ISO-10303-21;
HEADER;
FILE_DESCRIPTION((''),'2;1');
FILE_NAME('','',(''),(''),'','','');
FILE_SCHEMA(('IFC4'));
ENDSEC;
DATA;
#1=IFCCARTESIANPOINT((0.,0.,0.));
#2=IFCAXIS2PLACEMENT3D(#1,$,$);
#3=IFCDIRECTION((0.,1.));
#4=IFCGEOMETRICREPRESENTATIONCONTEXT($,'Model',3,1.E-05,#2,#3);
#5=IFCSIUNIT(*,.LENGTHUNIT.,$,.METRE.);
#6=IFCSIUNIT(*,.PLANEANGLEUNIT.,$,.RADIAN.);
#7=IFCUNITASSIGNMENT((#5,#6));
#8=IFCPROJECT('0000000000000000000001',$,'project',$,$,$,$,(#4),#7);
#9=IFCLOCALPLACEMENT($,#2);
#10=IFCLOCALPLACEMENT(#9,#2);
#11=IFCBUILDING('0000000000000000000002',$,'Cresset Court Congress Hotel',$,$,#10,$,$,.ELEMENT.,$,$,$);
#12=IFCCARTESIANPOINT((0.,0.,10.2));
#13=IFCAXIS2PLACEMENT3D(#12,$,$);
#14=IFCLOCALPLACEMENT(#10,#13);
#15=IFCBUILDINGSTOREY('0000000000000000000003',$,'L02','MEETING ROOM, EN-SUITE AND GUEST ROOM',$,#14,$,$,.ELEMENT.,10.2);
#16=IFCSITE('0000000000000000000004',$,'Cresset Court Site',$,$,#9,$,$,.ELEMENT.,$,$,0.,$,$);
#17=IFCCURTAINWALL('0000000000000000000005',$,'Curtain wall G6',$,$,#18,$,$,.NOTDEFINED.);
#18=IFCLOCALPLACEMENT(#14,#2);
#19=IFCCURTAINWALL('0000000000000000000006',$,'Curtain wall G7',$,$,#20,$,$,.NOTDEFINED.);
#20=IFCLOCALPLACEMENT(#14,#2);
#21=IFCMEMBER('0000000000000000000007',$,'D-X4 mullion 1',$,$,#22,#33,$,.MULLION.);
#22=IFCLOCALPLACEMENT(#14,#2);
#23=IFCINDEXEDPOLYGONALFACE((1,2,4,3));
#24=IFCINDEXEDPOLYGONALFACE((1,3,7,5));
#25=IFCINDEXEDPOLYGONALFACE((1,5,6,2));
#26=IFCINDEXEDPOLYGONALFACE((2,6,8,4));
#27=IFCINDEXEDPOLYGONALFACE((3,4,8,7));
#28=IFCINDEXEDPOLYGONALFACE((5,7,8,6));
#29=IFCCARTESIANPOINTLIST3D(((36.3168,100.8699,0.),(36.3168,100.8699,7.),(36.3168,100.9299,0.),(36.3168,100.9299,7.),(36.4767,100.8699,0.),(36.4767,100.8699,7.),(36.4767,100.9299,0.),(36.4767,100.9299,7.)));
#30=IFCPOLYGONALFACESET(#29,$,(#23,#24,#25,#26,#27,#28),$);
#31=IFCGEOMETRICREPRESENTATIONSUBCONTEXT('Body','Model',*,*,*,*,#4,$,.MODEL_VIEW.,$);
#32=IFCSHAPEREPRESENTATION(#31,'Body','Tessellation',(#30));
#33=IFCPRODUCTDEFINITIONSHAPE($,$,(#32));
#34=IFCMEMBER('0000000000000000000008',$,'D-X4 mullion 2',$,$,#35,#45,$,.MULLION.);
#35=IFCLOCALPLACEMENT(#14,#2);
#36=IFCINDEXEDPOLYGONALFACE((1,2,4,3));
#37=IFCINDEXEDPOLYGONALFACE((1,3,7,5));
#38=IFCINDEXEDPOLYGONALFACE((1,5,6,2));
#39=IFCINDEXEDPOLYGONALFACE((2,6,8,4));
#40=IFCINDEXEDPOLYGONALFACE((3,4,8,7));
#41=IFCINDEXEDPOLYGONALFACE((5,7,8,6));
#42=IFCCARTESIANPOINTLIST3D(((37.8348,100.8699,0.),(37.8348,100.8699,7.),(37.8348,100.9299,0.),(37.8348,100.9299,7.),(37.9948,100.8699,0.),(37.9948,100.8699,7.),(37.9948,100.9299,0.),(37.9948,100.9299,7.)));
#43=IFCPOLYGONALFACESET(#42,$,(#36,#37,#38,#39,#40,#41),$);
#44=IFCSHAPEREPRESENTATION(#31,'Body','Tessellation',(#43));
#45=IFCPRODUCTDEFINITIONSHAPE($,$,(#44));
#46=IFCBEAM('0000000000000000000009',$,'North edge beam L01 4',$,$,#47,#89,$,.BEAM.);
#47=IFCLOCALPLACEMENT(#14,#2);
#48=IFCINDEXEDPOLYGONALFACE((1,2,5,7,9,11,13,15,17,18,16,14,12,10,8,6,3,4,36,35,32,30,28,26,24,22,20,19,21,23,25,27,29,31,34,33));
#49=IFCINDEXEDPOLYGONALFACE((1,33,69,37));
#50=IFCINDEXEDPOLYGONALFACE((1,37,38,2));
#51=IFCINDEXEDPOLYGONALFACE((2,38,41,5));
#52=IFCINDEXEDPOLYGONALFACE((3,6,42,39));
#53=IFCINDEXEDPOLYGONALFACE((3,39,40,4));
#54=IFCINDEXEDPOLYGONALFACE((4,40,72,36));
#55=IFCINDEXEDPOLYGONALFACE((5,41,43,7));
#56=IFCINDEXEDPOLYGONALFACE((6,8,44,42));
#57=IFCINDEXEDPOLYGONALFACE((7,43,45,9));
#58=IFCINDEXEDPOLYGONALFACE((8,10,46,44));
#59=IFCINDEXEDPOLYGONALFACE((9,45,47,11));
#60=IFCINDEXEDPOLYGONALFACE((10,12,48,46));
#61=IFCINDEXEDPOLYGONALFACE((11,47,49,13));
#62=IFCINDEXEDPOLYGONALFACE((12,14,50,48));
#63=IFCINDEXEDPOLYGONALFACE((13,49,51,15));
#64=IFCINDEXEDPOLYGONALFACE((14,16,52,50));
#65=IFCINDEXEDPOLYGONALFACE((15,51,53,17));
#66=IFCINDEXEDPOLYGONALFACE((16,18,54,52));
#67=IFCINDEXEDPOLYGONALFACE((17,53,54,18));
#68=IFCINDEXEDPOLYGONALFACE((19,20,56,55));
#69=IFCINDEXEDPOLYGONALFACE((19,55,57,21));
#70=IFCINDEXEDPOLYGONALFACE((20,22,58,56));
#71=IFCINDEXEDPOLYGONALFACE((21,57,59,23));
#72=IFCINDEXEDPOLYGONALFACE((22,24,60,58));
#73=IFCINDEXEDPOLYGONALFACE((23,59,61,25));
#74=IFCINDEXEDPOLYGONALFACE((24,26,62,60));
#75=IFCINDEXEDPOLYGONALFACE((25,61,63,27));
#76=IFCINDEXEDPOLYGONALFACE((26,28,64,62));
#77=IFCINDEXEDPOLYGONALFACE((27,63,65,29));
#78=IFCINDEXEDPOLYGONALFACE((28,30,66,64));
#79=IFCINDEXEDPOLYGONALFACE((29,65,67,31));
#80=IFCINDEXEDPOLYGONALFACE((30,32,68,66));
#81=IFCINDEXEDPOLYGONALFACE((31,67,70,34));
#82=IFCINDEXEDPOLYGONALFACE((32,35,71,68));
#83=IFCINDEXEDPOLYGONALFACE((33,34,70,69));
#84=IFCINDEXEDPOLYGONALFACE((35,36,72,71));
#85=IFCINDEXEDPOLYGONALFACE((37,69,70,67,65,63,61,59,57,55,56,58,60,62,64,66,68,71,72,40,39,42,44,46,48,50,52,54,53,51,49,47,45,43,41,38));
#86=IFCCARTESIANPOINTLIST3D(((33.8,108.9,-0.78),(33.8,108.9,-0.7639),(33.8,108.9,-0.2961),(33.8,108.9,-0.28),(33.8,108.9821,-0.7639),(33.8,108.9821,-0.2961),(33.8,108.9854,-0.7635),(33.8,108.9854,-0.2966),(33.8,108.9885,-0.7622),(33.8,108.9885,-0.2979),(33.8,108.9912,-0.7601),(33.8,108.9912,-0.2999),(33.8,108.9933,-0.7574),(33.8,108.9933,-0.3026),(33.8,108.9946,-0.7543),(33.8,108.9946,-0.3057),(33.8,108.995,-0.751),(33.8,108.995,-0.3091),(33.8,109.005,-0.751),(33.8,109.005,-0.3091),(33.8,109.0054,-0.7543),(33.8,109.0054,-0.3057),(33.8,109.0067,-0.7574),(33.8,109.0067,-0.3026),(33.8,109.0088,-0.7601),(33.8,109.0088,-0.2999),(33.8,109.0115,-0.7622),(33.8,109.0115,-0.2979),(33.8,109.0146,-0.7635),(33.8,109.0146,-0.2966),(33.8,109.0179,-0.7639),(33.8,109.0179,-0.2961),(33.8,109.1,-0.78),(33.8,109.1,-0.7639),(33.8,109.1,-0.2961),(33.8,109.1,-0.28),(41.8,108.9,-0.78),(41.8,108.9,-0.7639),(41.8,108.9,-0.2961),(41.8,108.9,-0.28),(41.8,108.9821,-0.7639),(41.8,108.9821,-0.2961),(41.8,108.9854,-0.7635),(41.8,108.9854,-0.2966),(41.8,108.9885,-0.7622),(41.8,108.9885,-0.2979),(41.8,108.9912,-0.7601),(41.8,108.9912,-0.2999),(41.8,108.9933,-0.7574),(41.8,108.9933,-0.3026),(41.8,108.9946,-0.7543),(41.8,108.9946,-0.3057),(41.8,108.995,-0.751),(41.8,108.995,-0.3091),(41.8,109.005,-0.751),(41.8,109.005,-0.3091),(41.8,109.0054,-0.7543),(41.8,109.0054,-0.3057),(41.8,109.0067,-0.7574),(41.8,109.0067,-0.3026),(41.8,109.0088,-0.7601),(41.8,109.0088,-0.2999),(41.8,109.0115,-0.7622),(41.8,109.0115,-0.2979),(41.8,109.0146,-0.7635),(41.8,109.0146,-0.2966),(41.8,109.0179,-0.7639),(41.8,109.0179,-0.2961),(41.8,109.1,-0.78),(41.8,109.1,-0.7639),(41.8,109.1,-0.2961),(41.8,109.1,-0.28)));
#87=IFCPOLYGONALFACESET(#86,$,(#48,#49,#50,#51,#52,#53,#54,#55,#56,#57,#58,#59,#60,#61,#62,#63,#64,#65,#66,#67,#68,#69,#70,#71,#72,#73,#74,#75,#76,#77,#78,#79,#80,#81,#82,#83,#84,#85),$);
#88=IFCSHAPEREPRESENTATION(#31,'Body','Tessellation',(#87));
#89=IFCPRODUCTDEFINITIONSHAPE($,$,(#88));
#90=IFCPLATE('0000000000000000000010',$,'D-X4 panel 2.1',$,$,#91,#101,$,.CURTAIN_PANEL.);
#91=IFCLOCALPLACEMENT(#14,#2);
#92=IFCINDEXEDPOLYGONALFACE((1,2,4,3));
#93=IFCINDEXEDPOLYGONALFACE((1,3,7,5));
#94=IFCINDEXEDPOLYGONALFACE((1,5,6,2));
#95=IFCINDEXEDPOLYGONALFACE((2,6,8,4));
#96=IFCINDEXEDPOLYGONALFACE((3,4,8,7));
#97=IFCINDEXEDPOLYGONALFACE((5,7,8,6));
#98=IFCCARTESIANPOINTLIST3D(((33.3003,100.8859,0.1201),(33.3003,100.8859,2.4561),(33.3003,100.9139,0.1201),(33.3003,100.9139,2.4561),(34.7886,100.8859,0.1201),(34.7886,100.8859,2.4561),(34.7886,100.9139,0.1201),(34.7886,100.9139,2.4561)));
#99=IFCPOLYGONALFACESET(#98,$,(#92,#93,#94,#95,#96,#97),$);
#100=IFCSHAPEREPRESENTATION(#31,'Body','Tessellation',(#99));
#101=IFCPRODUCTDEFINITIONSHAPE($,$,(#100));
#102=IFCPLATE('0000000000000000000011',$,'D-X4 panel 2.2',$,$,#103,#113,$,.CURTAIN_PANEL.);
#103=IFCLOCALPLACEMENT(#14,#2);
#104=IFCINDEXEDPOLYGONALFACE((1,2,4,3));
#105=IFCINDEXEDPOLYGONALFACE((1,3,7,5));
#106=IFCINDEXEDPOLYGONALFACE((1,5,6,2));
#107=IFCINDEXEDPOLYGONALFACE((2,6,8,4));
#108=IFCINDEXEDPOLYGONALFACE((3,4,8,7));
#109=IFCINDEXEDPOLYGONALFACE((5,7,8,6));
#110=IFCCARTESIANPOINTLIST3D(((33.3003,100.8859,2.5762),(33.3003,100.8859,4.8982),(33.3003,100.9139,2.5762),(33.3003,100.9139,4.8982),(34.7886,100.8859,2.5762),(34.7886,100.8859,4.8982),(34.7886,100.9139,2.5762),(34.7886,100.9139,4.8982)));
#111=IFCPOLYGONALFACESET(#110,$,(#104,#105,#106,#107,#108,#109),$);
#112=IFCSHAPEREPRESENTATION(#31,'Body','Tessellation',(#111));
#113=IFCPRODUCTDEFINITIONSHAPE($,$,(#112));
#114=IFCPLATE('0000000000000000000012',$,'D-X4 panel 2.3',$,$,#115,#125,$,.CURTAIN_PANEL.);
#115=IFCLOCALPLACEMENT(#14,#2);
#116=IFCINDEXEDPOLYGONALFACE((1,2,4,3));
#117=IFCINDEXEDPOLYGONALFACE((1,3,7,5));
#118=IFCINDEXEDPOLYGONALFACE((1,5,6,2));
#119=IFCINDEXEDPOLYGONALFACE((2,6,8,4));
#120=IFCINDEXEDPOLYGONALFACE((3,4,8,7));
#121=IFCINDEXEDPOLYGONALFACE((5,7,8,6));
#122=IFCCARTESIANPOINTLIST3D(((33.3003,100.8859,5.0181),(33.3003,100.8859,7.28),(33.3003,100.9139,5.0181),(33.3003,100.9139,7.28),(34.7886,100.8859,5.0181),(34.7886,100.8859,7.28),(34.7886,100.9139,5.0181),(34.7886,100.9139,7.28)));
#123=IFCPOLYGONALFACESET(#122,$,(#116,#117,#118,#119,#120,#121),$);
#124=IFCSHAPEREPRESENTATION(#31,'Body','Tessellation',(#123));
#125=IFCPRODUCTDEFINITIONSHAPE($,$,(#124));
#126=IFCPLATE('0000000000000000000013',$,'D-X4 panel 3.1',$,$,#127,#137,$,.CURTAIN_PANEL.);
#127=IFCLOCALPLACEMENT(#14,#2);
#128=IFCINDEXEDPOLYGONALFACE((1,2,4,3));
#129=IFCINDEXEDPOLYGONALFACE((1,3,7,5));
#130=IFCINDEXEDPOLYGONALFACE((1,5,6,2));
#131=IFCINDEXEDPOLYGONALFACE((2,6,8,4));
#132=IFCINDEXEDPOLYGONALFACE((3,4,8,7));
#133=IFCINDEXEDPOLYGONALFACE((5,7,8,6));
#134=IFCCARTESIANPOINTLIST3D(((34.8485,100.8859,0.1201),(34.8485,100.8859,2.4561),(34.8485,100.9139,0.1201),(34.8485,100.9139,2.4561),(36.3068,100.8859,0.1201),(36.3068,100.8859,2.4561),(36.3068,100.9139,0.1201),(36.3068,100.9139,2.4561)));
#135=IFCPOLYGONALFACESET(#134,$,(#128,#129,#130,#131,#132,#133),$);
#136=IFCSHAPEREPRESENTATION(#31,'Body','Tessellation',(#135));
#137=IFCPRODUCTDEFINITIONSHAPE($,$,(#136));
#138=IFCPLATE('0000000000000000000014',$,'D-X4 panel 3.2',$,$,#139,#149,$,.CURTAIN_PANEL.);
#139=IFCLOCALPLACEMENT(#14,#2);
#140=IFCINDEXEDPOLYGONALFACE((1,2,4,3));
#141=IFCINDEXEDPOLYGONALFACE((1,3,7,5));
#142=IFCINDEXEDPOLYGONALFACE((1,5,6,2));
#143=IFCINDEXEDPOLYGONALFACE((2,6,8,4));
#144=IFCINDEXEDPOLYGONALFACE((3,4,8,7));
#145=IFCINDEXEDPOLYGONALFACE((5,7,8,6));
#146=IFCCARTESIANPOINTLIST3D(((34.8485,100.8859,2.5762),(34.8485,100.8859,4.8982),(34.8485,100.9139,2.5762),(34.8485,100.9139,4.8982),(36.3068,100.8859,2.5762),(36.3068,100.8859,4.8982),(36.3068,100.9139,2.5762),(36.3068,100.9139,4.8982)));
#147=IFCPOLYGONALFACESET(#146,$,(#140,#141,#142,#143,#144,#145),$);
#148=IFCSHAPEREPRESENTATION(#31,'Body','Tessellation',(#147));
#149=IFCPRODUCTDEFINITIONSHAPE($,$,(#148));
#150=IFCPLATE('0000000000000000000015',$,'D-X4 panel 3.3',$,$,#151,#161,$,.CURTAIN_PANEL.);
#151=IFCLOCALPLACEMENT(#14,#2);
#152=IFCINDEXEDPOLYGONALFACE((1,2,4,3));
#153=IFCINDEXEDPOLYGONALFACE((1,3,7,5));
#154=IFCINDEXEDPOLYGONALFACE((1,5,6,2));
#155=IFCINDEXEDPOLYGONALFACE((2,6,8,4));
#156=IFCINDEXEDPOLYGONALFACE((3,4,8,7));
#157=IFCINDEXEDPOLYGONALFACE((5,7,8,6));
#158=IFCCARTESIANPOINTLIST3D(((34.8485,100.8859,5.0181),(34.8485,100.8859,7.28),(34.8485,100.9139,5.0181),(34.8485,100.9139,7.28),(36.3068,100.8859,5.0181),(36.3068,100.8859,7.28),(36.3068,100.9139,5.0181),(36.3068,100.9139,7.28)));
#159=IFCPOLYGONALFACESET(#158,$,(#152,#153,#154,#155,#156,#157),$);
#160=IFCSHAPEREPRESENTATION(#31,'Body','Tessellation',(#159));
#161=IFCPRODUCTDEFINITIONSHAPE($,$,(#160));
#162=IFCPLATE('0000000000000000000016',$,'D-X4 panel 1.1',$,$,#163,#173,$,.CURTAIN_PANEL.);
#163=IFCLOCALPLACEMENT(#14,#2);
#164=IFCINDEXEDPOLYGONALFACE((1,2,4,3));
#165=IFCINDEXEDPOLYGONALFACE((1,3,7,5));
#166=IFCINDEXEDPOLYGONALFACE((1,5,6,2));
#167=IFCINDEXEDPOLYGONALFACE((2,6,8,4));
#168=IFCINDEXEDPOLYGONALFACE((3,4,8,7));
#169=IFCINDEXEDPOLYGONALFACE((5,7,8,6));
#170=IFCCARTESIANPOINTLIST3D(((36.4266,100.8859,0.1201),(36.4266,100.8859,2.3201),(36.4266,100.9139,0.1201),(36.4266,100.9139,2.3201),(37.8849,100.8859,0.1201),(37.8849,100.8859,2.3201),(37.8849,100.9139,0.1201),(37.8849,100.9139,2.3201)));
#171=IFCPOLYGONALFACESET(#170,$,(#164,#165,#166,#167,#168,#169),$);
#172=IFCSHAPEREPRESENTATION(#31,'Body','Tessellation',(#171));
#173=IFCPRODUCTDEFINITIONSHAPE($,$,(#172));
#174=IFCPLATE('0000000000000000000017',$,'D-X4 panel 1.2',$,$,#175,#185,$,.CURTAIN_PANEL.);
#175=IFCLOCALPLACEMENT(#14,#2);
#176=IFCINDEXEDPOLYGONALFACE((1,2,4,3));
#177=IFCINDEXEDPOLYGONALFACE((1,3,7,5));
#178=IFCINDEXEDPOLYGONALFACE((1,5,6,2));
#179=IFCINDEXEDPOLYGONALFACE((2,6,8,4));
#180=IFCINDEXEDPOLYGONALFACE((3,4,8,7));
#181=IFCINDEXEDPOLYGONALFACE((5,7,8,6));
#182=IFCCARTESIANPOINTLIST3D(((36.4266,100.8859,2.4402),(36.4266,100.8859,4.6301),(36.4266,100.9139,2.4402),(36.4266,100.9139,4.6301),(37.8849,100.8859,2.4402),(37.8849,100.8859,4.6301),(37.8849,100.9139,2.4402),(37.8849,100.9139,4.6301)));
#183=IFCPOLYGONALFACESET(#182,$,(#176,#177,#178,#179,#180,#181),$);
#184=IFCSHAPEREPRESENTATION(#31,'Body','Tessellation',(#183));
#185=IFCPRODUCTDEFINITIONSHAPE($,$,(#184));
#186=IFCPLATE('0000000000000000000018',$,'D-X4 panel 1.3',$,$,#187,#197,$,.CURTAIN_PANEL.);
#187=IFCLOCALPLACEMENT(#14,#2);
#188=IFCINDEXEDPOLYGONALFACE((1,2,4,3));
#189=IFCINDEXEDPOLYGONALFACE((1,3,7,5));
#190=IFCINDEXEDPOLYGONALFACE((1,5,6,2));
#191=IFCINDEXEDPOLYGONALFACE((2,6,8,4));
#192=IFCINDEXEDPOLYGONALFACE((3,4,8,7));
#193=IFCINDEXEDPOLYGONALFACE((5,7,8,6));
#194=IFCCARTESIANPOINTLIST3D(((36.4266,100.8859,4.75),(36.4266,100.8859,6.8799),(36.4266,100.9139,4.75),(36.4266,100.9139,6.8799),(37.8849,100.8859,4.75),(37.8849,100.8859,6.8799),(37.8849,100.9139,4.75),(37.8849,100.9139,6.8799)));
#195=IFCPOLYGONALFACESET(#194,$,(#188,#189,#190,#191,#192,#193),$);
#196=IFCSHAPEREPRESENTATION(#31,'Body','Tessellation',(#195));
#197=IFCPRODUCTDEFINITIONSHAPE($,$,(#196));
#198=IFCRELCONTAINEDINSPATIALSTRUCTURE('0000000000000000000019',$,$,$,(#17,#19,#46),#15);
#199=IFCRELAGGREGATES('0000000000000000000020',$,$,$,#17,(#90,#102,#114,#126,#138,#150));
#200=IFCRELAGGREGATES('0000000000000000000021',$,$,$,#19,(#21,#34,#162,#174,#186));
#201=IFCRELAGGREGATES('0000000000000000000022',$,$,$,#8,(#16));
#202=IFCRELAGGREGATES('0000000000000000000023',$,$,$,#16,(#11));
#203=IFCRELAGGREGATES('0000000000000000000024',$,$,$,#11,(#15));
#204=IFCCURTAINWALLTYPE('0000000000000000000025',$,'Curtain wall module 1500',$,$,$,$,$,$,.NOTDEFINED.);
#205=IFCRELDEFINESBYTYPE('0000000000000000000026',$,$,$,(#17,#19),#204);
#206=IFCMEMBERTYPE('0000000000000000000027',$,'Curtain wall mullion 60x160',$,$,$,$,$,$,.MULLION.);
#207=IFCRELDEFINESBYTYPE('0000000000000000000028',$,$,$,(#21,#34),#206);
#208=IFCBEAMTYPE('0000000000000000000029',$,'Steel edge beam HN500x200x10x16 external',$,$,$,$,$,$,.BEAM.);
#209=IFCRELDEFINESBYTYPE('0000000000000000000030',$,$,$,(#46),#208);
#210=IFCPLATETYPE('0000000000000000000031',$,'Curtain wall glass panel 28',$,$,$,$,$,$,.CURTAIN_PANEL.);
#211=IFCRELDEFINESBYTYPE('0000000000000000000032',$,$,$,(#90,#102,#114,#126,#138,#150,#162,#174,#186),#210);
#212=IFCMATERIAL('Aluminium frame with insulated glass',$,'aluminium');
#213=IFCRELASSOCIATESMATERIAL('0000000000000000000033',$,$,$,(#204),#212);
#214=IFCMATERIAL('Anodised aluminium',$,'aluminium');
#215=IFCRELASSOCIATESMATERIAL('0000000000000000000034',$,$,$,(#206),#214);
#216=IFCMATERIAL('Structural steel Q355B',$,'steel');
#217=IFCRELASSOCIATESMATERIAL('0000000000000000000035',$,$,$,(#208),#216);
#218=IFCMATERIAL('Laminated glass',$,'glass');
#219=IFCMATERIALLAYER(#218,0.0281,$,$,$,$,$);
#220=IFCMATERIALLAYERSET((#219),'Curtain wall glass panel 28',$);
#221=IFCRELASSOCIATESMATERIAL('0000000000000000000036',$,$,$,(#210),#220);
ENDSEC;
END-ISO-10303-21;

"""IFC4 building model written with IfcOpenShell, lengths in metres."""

from ifc_helpers import new_model, si_unit, direction, frame, origin, origin_2d, place, context, subcontext, project, spatial, rectangle, i_section, extrude, material, layer, layer_set, material_profile, profile_set, type_object, element, aggregate, save


model = new_model("IFC4")

# Units and contexts
model_context = context("Model", 3, precision=1e-05, world=origin(), true_north=direction((0.0, 1.0)))
body_context = subcontext(model_context, "Body", "Model", "MODEL_VIEW")
ifc_project = project(units=[si_unit("LENGTHUNIT", "METRE"), si_unit("PLANEANGLEUNIT", "RADIAN")], contexts=[model_context])

# Site, building, storey
site_placement = place(None, origin())
site = spatial("IfcSite", under=ifc_project, at=site_placement, Name="Cresset Court Site", CompositionType="ELEMENT", RefElevation=0.0)
building_placement = place(site_placement, origin())
building = spatial("IfcBuilding", under=site, at=building_placement, Name="Cresset Court Congress Hotel", CompositionType="ELEMENT")
storey_placement = place(building_placement, frame((0.0, 0.0, 10.2)))
storey = spatial("IfcBuildingStorey", under=building, at=storey_placement, Name="L02", Description="MEETING ROOM, EN-SUITE AND GUEST ROOM", CompositionType="ELEMENT", Elevation=10.2)

# Curtain walls
ifc_material_1 = material(Name="Aluminium frame with insulated glass", Category="aluminium")
curtain_wall_type = type_object("IfcCurtainWallType", Name="Curtain wall module 1500", PredefinedType="NOTDEFINED", material=ifc_material_1)
curtain_wall_1_placement = place(storey_placement, origin())
curtain_wall_1 = element("IfcCurtainWall", 1, at=curtain_wall_1_placement, inside=storey, type_object=curtain_wall_type, Name="Curtain wall G6", PredefinedType="NOTDEFINED")
curtain_wall_2_placement = place(storey_placement, origin())
curtain_wall_2 = element("IfcCurtainWall", 2, at=curtain_wall_2_placement, inside=storey, type_object=curtain_wall_type, Name="Curtain wall G7", PredefinedType="NOTDEFINED")

# Members
ifc_material_2 = material(Name="Anodised aluminium", Category="aluminium")
ifc_material_profile_1 = material_profile(ifc_material_2, rectangle(XDim=0.0601, YDim=0.1599, at=origin_2d()), Name="AL60x160")
ifc_profile_set_1 = profile_set([ifc_material_profile_1], Name="Anodised aluminium")
member_type_1 = type_object("IfcMemberType", Name="Curtain wall mullion 60x160", PredefinedType="MULLION", material=ifc_profile_set_1)
member_1_placement = place(storey_placement, frame((36.3967, 100.8999, 0.0), z_axis=(0.0, 0.0, 1.0), x_axis=(0.0, 1.0, 0.0)))
member_1 = element("IfcMember", 3, at=member_1_placement, type_object=member_type_1, Name="D-X4 mullion 1", PredefinedType="MULLION", context=body_context, shape_type="SweptSolid", body=[
    extrude(rectangle(XDim=0.0601, YDim=0.1599, at=origin_2d()), origin(), (0.0, 0.0, 1.0), 7.0),
])
member_2_placement = place(storey_placement, frame((37.9148, 100.8999, 0.0), z_axis=(0.0, 0.0, 1.0), x_axis=(0.0, 1.0, 0.0)))
member_2 = element("IfcMember", 4, at=member_2_placement, type_object=member_type_1, Name="D-X4 mullion 2", PredefinedType="MULLION", context=body_context, shape_type="SweptSolid", body=[
    extrude(rectangle(XDim=0.0601, YDim=0.1599, at=origin_2d()), origin(), (0.0, 0.0, 1.0), 7.0),
])

# Beam
ifc_material_3 = material(Name="Structural steel Q355B", Category="steel")
ifc_material_profile_2 = material_profile(ifc_material_3, i_section(OverallWidth=0.2, OverallDepth=0.5, WebThickness=0.01, FlangeThickness=0.0161, FilletRadius=0.0129, at=origin_2d()), Name="HN500x200x10x16")
ifc_profile_set_2 = profile_set([ifc_material_profile_2], Name="Structural steel Q355B")
beam_type = type_object("IfcBeamType", Name="Steel edge beam HN500x200x10x16 external", PredefinedType="BEAM", material=ifc_profile_set_2)
beam_placement = place(storey_placement, frame((33.8, 109.0, -0.53), z_axis=(1.0, 0.0, 0.0), x_axis=(0.0, 1.0, 0.0)))
element("IfcBeam", 5, at=beam_placement, inside=storey, type_object=beam_type, Name="North edge beam L01 4", PredefinedType="BEAM", context=body_context, shape_type="SweptSolid", body=[
    extrude(i_section(OverallWidth=0.2, OverallDepth=0.5, WebThickness=0.01, FlangeThickness=0.0161, FilletRadius=0.0129, at=origin_2d()), origin(), (0.0, 0.0, 1.0), 8.0),
])

# Plates
ifc_material_4 = material(Name="Laminated glass", Category="glass")
ifc_layer = layer(ifc_material_4, 0.0281)
ifc_layer_set = layer_set([ifc_layer], Name="Curtain wall glass panel 28")
plate_type = type_object("IfcPlateType", Name="Curtain wall glass panel 28", PredefinedType="CURTAIN_PANEL", material=ifc_layer_set)
plate_1_placement = place(storey_placement, frame((34.0444, 100.8999, 0.1201), z_axis=(0.0, 0.0, 1.0), x_axis=(1.0, 0.0, 0.0)))
plate_1 = element("IfcPlate", 6, at=plate_1_placement, type_object=plate_type, Name="D-X4 panel 2.1", PredefinedType="CURTAIN_PANEL", context=body_context, shape_type="SweptSolid", body=[
    extrude(rectangle(XDim=1.4883, YDim=0.0281, at=origin_2d()), origin(), (0.0, 0.0, 1.0), 2.3359),
])
plate_2_placement = place(storey_placement, frame((34.0444, 100.8999, 2.5762), z_axis=(0.0, 0.0, 1.0), x_axis=(1.0, 0.0, 0.0)))
plate_2 = element("IfcPlate", 7, at=plate_2_placement, type_object=plate_type, Name="D-X4 panel 2.2", PredefinedType="CURTAIN_PANEL", context=body_context, shape_type="SweptSolid", body=[
    extrude(rectangle(XDim=1.4883, YDim=0.0281, at=origin_2d()), origin(), (0.0, 0.0, 1.0), 2.322),
])
plate_3_placement = place(storey_placement, frame((34.0444, 100.8999, 5.0181), z_axis=(0.0, 0.0, 1.0), x_axis=(1.0, 0.0, 0.0)))
plate_3 = element("IfcPlate", 8, at=plate_3_placement, type_object=plate_type, Name="D-X4 panel 2.3", PredefinedType="CURTAIN_PANEL", context=body_context, shape_type="SweptSolid", body=[
    extrude(rectangle(XDim=1.4883, YDim=0.0281, at=origin_2d()), origin(), (0.0, 0.0, 1.0), 2.262),
])
plate_4_placement = place(storey_placement, frame((35.5776, 100.8999, 0.1201), z_axis=(0.0, 0.0, 1.0), x_axis=(1.0, 0.0, 0.0)))
plate_4 = element("IfcPlate", 9, at=plate_4_placement, type_object=plate_type, Name="D-X4 panel 3.1", PredefinedType="CURTAIN_PANEL", context=body_context, shape_type="SweptSolid", body=[
    extrude(rectangle(XDim=1.4583, YDim=0.0281, at=origin_2d()), origin(), (0.0, 0.0, 1.0), 2.3359),
])
plate_5_placement = place(storey_placement, frame((35.5776, 100.8999, 2.5762), z_axis=(0.0, 0.0, 1.0), x_axis=(1.0, 0.0, 0.0)))
plate_5 = element("IfcPlate", 10, at=plate_5_placement, type_object=plate_type, Name="D-X4 panel 3.2", PredefinedType="CURTAIN_PANEL", context=body_context, shape_type="SweptSolid", body=[
    extrude(rectangle(XDim=1.4583, YDim=0.0281, at=origin_2d()), origin(), (0.0, 0.0, 1.0), 2.322),
])
plate_6_placement = place(storey_placement, frame((35.5776, 100.8999, 5.0181), z_axis=(0.0, 0.0, 1.0), x_axis=(1.0, 0.0, 0.0)))
plate_6 = element("IfcPlate", 11, at=plate_6_placement, type_object=plate_type, Name="D-X4 panel 3.3", PredefinedType="CURTAIN_PANEL", context=body_context, shape_type="SweptSolid", body=[
    extrude(rectangle(XDim=1.4583, YDim=0.0281, at=origin_2d()), origin(), (0.0, 0.0, 1.0), 2.262),
])
aggregate(curtain_wall_1, [plate_1, plate_2, plate_3, plate_4, plate_5, plate_6])
plate_7_placement = place(storey_placement, frame((37.1558, 100.8999, 0.1201), z_axis=(0.0, 0.0, 1.0), x_axis=(1.0, 0.0, 0.0)))
plate_7 = element("IfcPlate", 12, at=plate_7_placement, type_object=plate_type, Name="D-X4 panel 1.1", PredefinedType="CURTAIN_PANEL", context=body_context, shape_type="SweptSolid", body=[
    extrude(rectangle(XDim=1.4583, YDim=0.0281, at=origin_2d()), origin(), (0.0, 0.0, 1.0), 2.2),
])
plate_8_placement = place(storey_placement, frame((37.1558, 100.8999, 2.4402), z_axis=(0.0, 0.0, 1.0), x_axis=(1.0, 0.0, 0.0)))
plate_8 = element("IfcPlate", 13, at=plate_8_placement, type_object=plate_type, Name="D-X4 panel 1.2", PredefinedType="CURTAIN_PANEL", context=body_context, shape_type="SweptSolid", body=[
    extrude(rectangle(XDim=1.4583, YDim=0.0281, at=origin_2d()), origin(), (0.0, 0.0, 1.0), 2.1899),
])
plate_9_placement = place(storey_placement, frame((37.1558, 100.8999, 4.75), z_axis=(0.0, 0.0, 1.0), x_axis=(1.0, 0.0, 0.0)))
plate_9 = element("IfcPlate", 14, at=plate_9_placement, type_object=plate_type, Name="D-X4 panel 1.3", PredefinedType="CURTAIN_PANEL", context=body_context, shape_type="SweptSolid", body=[
    extrude(rectangle(XDim=1.4583, YDim=0.0281, at=origin_2d()), origin(), (0.0, 0.0, 1.0), 2.1299),
])
aggregate(curtain_wall_2, [member_1, member_2, plate_7, plate_8, plate_9])

save(model, "model.ifc")
